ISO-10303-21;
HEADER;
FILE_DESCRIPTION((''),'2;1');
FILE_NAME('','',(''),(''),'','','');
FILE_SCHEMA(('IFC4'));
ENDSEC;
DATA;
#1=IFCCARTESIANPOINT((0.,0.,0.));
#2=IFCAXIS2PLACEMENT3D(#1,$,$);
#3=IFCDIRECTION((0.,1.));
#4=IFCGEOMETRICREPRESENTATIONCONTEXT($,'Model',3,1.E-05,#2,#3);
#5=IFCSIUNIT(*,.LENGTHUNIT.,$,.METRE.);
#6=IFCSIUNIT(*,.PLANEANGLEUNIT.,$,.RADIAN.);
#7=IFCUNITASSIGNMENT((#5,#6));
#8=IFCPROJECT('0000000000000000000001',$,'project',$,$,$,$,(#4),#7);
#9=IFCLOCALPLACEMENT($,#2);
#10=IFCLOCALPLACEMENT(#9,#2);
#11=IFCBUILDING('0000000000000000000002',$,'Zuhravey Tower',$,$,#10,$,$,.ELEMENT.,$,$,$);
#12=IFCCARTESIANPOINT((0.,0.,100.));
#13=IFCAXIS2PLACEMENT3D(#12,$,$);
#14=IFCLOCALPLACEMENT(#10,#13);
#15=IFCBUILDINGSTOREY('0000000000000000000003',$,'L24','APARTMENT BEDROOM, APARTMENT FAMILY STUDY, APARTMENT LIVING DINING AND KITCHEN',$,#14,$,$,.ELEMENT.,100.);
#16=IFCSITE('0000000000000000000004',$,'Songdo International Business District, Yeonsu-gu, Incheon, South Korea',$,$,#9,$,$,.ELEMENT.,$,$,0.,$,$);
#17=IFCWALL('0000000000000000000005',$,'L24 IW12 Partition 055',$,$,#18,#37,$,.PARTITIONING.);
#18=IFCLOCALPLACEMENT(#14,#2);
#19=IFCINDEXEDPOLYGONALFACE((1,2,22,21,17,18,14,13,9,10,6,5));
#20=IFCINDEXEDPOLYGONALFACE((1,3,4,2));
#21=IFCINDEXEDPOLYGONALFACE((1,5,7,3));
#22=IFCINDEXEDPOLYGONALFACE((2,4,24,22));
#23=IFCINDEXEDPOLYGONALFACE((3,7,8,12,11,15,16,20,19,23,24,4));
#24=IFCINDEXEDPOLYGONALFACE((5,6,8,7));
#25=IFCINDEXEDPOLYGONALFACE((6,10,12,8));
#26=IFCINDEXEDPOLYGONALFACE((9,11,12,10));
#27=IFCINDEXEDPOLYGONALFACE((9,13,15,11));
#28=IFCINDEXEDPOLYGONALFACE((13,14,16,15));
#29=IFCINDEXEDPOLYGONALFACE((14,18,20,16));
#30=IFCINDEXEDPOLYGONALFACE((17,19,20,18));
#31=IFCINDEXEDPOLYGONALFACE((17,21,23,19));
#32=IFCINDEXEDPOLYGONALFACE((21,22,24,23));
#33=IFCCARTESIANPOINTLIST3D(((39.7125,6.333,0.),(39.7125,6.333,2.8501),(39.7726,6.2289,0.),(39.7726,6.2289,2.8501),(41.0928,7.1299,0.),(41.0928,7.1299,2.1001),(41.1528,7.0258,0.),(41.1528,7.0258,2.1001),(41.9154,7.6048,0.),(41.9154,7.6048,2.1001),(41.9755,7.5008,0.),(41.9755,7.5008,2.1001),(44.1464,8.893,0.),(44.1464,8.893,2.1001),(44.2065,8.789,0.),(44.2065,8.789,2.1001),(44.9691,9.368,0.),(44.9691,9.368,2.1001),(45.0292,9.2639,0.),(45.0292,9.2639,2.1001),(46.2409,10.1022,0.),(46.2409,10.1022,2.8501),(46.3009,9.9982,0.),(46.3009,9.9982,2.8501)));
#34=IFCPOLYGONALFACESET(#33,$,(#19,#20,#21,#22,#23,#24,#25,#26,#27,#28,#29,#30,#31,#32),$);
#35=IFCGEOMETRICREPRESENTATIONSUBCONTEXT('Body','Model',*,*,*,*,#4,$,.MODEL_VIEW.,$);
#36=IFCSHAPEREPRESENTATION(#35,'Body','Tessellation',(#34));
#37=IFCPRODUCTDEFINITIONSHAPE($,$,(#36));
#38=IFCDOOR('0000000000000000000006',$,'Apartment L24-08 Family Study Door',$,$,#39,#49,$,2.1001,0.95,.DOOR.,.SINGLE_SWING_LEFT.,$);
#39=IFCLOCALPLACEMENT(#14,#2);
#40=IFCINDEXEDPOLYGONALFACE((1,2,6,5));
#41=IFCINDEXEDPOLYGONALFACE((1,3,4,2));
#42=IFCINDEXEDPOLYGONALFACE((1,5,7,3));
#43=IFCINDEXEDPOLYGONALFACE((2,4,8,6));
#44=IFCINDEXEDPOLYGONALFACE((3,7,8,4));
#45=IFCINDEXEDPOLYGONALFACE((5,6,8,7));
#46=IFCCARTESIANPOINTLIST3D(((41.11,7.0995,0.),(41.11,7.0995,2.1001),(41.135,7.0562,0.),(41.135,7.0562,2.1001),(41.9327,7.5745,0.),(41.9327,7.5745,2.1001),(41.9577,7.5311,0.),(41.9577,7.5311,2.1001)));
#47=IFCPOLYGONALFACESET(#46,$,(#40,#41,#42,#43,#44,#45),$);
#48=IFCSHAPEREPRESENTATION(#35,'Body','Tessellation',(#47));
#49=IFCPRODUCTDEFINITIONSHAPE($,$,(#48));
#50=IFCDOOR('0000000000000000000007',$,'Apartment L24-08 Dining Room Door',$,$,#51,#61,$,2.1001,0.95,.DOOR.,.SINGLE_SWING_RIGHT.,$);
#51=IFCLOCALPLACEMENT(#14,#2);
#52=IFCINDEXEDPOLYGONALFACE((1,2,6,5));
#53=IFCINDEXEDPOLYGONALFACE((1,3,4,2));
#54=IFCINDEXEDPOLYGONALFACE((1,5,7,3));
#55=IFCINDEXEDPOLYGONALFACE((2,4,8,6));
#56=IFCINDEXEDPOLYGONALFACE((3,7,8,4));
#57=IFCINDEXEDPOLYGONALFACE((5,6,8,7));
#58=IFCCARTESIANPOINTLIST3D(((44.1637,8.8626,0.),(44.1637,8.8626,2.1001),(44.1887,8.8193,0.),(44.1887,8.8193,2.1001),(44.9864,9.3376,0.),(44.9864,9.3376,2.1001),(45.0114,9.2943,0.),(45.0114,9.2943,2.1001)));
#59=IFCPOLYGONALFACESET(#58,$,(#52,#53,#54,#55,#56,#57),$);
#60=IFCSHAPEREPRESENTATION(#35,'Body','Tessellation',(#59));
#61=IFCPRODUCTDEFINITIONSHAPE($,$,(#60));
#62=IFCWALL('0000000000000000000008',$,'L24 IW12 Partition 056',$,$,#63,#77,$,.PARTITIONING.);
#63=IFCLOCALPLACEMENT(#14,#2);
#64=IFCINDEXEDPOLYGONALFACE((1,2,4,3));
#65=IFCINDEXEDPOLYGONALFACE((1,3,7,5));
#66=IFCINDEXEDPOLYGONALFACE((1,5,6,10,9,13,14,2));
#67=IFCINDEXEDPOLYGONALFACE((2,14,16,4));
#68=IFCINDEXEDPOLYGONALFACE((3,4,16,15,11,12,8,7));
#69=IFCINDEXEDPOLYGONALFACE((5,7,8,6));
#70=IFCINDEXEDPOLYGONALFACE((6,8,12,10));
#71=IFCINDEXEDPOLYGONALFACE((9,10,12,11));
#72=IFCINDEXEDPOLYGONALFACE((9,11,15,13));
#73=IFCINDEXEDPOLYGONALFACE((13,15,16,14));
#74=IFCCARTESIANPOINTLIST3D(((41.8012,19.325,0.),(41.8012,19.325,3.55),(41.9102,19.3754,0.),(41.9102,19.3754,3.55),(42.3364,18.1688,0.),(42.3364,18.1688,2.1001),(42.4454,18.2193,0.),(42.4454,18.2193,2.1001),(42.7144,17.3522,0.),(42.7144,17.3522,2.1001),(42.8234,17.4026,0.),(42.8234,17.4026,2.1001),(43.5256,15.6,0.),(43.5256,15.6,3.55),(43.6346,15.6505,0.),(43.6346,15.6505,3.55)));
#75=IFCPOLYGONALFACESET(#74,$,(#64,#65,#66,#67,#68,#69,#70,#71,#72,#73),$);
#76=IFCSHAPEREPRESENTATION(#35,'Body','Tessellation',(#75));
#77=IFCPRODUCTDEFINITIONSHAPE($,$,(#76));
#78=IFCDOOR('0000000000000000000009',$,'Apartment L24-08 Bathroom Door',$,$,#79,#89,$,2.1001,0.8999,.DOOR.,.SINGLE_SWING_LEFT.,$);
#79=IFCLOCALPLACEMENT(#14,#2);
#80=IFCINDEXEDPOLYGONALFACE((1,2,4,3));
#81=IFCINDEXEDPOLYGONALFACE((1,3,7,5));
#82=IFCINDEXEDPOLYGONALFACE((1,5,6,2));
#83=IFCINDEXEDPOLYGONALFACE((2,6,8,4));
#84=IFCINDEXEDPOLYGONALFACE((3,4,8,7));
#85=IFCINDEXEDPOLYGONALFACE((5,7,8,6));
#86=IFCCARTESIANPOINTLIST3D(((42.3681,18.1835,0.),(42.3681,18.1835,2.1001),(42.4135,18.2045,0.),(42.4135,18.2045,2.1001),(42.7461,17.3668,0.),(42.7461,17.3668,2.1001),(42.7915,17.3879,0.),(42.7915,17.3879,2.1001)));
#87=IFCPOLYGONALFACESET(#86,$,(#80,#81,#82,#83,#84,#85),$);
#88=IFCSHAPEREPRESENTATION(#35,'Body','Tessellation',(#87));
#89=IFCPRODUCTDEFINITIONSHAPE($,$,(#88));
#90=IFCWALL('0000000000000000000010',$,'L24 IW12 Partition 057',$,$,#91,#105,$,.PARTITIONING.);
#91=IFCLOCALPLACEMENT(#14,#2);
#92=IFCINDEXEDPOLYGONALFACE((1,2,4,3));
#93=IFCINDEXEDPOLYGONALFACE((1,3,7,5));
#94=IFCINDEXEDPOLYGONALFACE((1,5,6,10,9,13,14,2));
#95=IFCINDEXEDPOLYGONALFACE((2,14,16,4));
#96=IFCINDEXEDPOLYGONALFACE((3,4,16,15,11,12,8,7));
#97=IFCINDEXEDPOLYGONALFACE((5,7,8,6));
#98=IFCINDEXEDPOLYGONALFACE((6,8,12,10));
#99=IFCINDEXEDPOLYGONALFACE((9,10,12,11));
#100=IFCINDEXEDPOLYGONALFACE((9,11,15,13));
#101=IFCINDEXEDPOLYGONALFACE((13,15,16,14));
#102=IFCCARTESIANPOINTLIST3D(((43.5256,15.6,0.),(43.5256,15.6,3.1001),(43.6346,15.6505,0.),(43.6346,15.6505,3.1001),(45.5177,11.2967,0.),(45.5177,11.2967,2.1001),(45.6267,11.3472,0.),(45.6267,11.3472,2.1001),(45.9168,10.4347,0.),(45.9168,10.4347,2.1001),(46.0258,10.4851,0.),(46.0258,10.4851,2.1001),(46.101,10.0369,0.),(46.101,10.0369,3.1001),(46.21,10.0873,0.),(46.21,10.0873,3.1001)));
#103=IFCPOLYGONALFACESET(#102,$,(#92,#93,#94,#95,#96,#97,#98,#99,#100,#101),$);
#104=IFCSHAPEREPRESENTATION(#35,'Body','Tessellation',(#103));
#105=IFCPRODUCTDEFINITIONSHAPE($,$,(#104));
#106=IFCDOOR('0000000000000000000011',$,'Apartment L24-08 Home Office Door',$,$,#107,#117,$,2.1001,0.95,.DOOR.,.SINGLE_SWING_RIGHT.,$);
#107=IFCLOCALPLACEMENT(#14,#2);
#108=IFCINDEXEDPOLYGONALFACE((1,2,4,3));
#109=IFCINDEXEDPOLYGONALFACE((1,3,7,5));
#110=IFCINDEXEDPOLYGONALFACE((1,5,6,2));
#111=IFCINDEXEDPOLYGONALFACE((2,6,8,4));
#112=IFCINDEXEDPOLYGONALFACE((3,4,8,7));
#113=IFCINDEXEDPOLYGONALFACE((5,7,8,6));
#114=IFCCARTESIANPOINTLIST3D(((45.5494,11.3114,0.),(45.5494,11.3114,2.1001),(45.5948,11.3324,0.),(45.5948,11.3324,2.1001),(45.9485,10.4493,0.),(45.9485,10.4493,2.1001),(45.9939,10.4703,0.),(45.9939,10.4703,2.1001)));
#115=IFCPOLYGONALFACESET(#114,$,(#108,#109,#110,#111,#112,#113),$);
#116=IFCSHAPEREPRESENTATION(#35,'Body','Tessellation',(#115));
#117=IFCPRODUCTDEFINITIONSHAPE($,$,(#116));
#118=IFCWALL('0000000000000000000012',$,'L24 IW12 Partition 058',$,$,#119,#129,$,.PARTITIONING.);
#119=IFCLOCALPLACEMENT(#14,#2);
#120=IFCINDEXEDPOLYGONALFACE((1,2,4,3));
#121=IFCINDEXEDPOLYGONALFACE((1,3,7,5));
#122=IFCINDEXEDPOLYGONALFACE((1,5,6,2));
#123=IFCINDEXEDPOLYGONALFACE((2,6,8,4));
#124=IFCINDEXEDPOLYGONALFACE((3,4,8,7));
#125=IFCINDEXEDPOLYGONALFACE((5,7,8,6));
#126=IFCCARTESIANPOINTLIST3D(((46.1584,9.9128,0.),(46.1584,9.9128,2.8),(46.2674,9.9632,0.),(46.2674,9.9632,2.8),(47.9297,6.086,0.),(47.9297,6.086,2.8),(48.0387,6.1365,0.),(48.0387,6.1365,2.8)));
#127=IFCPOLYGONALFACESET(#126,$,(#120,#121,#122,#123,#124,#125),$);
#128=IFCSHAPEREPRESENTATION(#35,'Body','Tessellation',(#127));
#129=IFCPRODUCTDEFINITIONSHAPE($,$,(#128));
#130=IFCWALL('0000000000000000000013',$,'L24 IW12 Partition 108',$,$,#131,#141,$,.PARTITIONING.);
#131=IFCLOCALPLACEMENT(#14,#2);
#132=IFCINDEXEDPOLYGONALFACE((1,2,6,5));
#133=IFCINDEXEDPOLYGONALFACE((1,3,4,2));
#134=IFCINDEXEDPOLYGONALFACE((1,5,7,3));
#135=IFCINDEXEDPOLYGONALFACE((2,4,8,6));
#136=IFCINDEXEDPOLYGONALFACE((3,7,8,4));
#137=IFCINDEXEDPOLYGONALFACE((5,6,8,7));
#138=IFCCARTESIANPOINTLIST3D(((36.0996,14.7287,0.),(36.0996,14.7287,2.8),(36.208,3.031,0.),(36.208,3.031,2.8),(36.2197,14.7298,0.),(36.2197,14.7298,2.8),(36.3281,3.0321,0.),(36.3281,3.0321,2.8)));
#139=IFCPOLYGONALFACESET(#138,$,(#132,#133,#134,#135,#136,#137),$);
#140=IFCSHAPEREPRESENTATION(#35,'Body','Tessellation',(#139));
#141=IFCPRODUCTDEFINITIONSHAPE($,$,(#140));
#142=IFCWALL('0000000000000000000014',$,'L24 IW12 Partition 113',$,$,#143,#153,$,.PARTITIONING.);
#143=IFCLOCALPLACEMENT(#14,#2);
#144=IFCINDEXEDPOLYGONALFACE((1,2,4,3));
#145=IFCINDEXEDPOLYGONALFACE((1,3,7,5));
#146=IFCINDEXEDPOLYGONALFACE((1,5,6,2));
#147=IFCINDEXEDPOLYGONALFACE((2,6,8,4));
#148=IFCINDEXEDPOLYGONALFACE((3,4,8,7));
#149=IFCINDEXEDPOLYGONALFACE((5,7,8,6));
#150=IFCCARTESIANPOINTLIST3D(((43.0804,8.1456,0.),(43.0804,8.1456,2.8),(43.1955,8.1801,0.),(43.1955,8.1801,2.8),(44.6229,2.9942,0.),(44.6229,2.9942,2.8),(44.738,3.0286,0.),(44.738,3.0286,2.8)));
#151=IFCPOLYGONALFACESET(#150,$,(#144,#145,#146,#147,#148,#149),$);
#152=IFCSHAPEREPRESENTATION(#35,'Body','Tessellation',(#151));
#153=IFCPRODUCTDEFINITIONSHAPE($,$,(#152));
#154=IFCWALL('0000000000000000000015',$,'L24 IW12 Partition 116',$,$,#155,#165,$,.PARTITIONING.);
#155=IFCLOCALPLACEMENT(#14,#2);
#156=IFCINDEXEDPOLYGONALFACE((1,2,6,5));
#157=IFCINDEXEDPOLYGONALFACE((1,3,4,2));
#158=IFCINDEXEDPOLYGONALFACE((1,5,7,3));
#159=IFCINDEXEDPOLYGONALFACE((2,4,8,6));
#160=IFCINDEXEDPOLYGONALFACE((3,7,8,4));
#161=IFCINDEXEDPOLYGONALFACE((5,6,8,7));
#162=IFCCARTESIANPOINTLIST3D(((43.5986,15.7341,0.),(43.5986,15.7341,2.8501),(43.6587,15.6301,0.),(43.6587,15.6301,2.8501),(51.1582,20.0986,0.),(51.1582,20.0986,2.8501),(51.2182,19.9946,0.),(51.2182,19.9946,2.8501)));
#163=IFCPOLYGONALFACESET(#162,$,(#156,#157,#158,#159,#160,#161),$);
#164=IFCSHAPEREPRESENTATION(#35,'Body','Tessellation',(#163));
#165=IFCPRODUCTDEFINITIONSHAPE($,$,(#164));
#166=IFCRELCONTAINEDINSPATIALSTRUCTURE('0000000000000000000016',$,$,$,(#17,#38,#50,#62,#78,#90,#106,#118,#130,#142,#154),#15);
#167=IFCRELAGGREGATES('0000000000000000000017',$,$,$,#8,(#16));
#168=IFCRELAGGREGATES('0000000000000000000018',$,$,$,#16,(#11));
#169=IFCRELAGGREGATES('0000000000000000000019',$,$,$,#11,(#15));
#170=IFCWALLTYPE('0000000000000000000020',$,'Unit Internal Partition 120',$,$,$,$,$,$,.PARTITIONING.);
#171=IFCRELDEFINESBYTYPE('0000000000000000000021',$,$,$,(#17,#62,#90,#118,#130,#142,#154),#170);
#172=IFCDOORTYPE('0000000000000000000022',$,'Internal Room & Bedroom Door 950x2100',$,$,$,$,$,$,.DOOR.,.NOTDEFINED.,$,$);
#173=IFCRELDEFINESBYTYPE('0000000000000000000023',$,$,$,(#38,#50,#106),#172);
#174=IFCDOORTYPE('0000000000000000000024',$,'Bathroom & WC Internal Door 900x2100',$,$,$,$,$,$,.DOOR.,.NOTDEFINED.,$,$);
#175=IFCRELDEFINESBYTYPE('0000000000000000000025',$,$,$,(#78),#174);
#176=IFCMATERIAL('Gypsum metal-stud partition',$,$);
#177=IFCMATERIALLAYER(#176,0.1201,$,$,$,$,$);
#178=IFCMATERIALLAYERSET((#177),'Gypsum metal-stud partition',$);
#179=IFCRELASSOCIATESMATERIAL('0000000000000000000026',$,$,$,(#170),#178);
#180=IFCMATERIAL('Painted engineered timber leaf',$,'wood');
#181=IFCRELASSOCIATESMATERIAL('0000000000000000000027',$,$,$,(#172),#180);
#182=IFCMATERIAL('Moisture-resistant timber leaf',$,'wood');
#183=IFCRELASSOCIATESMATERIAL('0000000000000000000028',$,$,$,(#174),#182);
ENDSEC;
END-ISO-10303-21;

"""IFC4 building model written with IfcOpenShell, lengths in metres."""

from ifc_helpers import new_model, si_unit, direction, frame, frame_2d, origin, place, context, subcontext, project, spatial, rectangle, extrude, material, layer, layer_set, type_object, element, fill, save


model = new_model("IFC4")

# Units and contexts
model_context = context("Model", 3, precision=1e-05, world=origin(), true_north=direction((0.0, 1.0)))
body_context = subcontext(model_context, "Body", "Model", "MODEL_VIEW")
ifc_project = project(units=[si_unit("LENGTHUNIT", "METRE"), si_unit("PLANEANGLEUNIT", "RADIAN")], contexts=[model_context])

# Site, building, storey
site_placement = place(None, origin())
site = spatial("IfcSite", under=ifc_project, at=site_placement, Name="Songdo International Business District, Yeonsu-gu, Incheon, South Korea", CompositionType="ELEMENT", RefElevation=0.0)
building_placement = place(site_placement, origin())
building = spatial("IfcBuilding", under=site, at=building_placement, Name="Zuhravey Tower", CompositionType="ELEMENT")
storey_placement = place(building_placement, frame((0.0, 0.0, 100.0)))
storey = spatial("IfcBuildingStorey", under=building, at=storey_placement, Name="L24", Description="APARTMENT BEDROOM, APARTMENT FAMILY STUDY, APARTMENT LIVING DINING AND KITCHEN", CompositionType="ELEMENT", Elevation=100.0)

# Wall, openings, doors
ifc_material_1 = material(Name="Gypsum metal-stud partition")
ifc_layer_1 = layer(ifc_material_1, 0.1201)
ifc_layer_set_1 = layer_set([ifc_layer_1], Name="Gypsum metal-stud partition")
wall_type_1 = type_object("IfcWallType", Name="Unit Internal Partition 120", PredefinedType="PARTITIONING", material=ifc_layer_set_1)
wall_1_placement = place(storey_placement, frame((39.7427, 6.281, 0.0), z_axis=(0.0, 0.0, 1.0), x_axis=(0.866016, 0.500016, 0.0)))
wall_1 = element("IfcWall", 1, at=wall_1_placement, inside=storey, type_object=wall_type_1, Name="L24 IW12 Partition 055", PredefinedType="PARTITIONING", context=body_context, shape_type="SweptSolid", body=[
    extrude(rectangle(XDim=7.5383, YDim=0.1201, at=frame_2d((3.769, 0.0))), origin(), (0.0, 0.0, 1.0), 2.8501),
])
opening_1_placement = place(wall_1_placement, frame((1.5935, 0.0, 0.0)))
opening_1 = element("IfcOpeningElement", 2, at=opening_1_placement, cuts=wall_1, PredefinedType="OPENING", context=body_context, shape_type="SweptSolid", body=[
    extrude(rectangle(XDim=0.95, YDim=2.1001, at=frame_2d((0.4751, 1.05))), frame((0.0, 0.072, 0.0), z_axis=(0.0, -1.0, 0.0), x_axis=(1.0, 0.0, 0.0)), (0.0, 0.0, 1.0), 0.144),
])
opening_2_placement = place(wall_1_placement, frame((5.1196, 0.0, 0.0)))
opening_2 = element("IfcOpeningElement", 3, at=opening_2_placement, cuts=wall_1, PredefinedType="OPENING", context=body_context, shape_type="SweptSolid", body=[
    extrude(rectangle(XDim=0.95, YDim=2.1001, at=frame_2d((0.4751, 1.05))), frame((0.0, 0.072, 0.0), z_axis=(0.0, -1.0, 0.0), x_axis=(1.0, 0.0, 0.0)), (0.0, 0.0, 1.0), 0.144),
])
ifc_material_2 = material(Name="Painted engineered timber leaf", Category="wood")
door_type_1 = type_object("IfcDoorType", Name="Internal Room & Bedroom Door 950x2100", OperationType="NOTDEFINED", PredefinedType="DOOR", material=ifc_material_2)
door_1_placement = place(opening_1_placement, frame((0.95, 0.0, 0.0), z_axis=(0.0, 0.0, 1.0), x_axis=(-1.0, 0.0, 0.0)))
door_1 = element("IfcDoor", 4, at=door_1_placement, inside=storey, type_object=door_type_1, Name="Apartment L24-08 Family Study Door", OperationType="SINGLE_SWING_LEFT", OverallHeight=2.1001, OverallWidth=0.95, PredefinedType="DOOR", context=body_context, shape_type="SweptSolid", body=[
    extrude(rectangle(XDim=0.95, YDim=2.1001, at=frame_2d((0.4751, 1.05))), frame((0.0, 0.0249, 0.0), z_axis=(0.0, -1.0, 0.0), x_axis=(1.0, 0.0, 0.0)), (0.0, 0.0, 1.0), 0.05),
])
fill(opening_1, door_1)
door_2_placement = place(opening_2_placement, frame((0.95, 0.0, 0.0), z_axis=(0.0, 0.0, 1.0), x_axis=(-1.0, 0.0, 0.0)))
door_2 = element("IfcDoor", 5, at=door_2_placement, inside=storey, type_object=door_type_1, Name="Apartment L24-08 Dining Room Door", OperationType="SINGLE_SWING_RIGHT", OverallHeight=2.1001, OverallWidth=0.95, PredefinedType="DOOR", context=body_context, shape_type="SweptSolid", body=[
    extrude(rectangle(XDim=0.95, YDim=2.1001, at=frame_2d((0.4751, 1.05))), frame((0.0, 0.0249, 0.0), z_axis=(0.0, -1.0, 0.0), x_axis=(1.0, 0.0, 0.0)), (0.0, 0.0, 1.0), 0.05),
])
fill(opening_2, door_2)

# Walls, openings, doors
wall_2_placement = place(storey_placement, frame((41.8557, 19.3501, 0.0), z_axis=(0.0, 0.0, 1.0), x_axis=(0.420103, -0.907477, 0.0)))
wall_2 = element("IfcWall", 6, at=wall_2_placement, inside=storey, type_object=wall_type_1, Name="L24 IW12 Partition 056", PredefinedType="PARTITIONING", context=body_context, shape_type="SweptSolid", body=[
    extrude(rectangle(XDim=4.1047, YDim=0.1201, at=frame_2d((2.0522, 0.0))), origin(), (0.0, 0.0, 1.0), 3.55),
])
opening_3_placement = place(wall_2_placement, frame((1.2739, 0.0, 0.0)))
opening_3 = element("IfcOpeningElement", 7, at=opening_3_placement, cuts=wall_2, PredefinedType="OPENING", context=body_context, shape_type="SweptSolid", body=[
    extrude(rectangle(XDim=0.8999, YDim=2.1001, at=frame_2d((0.45, 1.05))), frame((0.0, 0.072, 0.0), z_axis=(0.0, -1.0, 0.0), x_axis=(1.0, 0.0, 0.0)), (0.0, 0.0, 1.0), 0.144),
])
ifc_material_3 = material(Name="Moisture-resistant timber leaf", Category="wood")
door_type_2 = type_object("IfcDoorType", Name="Bathroom & WC Internal Door 900x2100", OperationType="NOTDEFINED", PredefinedType="DOOR", material=ifc_material_3)
door_3_placement = place(opening_3_placement, origin())
door_3 = element("IfcDoor", 8, at=door_3_placement, inside=storey, type_object=door_type_2, Name="Apartment L24-08 Bathroom Door", OperationType="SINGLE_SWING_LEFT", OverallHeight=2.1001, OverallWidth=0.8999, PredefinedType="DOOR", context=body_context, shape_type="SweptSolid", body=[
    extrude(rectangle(XDim=0.8999, YDim=2.1001, at=frame_2d((0.45, 1.05))), frame((0.0, 0.0249, 0.0), z_axis=(0.0, -1.0, 0.0), x_axis=(1.0, 0.0, 0.0)), (0.0, 0.0, 1.0), 0.05),
])
fill(opening_3, door_3)
wall_3_placement = place(storey_placement, frame((43.5801, 15.6252, 0.0), z_axis=(0.0, 0.0, 1.0), x_axis=(0.420106, -0.907475, 0.0)))
wall_3 = element("IfcWall", 9, at=wall_3_placement, inside=storey, type_object=wall_type_1, Name="L24 IW12 Partition 057", PredefinedType="PARTITIONING", context=body_context, shape_type="SweptSolid", body=[
    extrude(rectangle(XDim=6.1304, YDim=0.1201, at=frame_2d((3.0652, 0.0))), origin(), (0.0, 0.0, 1.0), 3.1001),
])
opening_4_placement = place(wall_3_placement, frame((4.7419, 0.0, 0.0)))
opening_4 = element("IfcOpeningElement", 10, at=opening_4_placement, cuts=wall_3, PredefinedType="OPENING", context=body_context, shape_type="SweptSolid", body=[
    extrude(rectangle(XDim=0.95, YDim=2.1001, at=frame_2d((0.4751, 1.05))), frame((0.0, 0.072, 0.0), z_axis=(0.0, -1.0, 0.0), x_axis=(1.0, 0.0, 0.0)), (0.0, 0.0, 1.0), 0.144),
])
door_4_placement = place(opening_4_placement, origin())
door_4 = element("IfcDoor", 11, at=door_4_placement, inside=storey, type_object=door_type_1, Name="Apartment L24-08 Home Office Door", OperationType="SINGLE_SWING_RIGHT", OverallHeight=2.1001, OverallWidth=0.95, PredefinedType="DOOR", context=body_context, shape_type="SweptSolid", body=[
    extrude(rectangle(XDim=0.95, YDim=2.1001, at=frame_2d((0.4751, 1.05))), frame((0.0, 0.0249, 0.0), z_axis=(0.0, -1.0, 0.0), x_axis=(1.0, 0.0, 0.0)), (0.0, 0.0, 1.0), 0.05),
])
fill(opening_4, door_4)

# Walls
wall_4_placement = place(storey_placement, frame((46.2129, 9.938, 0.0), z_axis=(0.0, 0.0, 1.0), x_axis=(0.420053, -0.9075, 0.0)))
element("IfcWall", 12, at=wall_4_placement, inside=storey, type_object=wall_type_1, Name="L24 IW12 Partition 058", PredefinedType="PARTITIONING", context=body_context, shape_type="SweptSolid", body=[
    extrude(rectangle(XDim=4.2168, YDim=0.1201, at=frame_2d((2.1084, 0.0))), origin(), (0.0, 0.0, 1.0), 2.8),
])
wall_5_placement = place(storey_placement, frame((36.1597, 14.7292, 0.0), z_axis=(0.0, 0.0, 1.0), x_axis=(0.009266, -0.999957, 0.0)))
element("IfcWall", 13, at=wall_5_placement, inside=storey, type_object=wall_type_1, Name="L24 IW12 Partition 108", PredefinedType="PARTITIONING", context=body_context, shape_type="SweptSolid", body=[
    extrude(rectangle(XDim=11.6982, YDim=0.1201, at=frame_2d((5.8491, 0.0))), origin(), (0.0, 0.0, 1.0), 2.8),
])
wall_6_placement = place(storey_placement, frame((43.1379, 8.1628, 0.0), z_axis=(0.0, 0.0, 1.0), x_axis=(0.286848, -0.957976, 0.0)))
element("IfcWall", 14, at=wall_6_placement, inside=storey, type_object=wall_type_1, Name="L24 IW12 Partition 113", PredefinedType="PARTITIONING", context=body_context, shape_type="SweptSolid", body=[
    extrude(rectangle(XDim=5.3774, YDim=0.1201, at=frame_2d((2.6887, 0.0))), origin(), (0.0, 0.0, 1.0), 2.8),
])
wall_7_placement = place(storey_placement, frame((43.6287, 15.6821, 0.0), z_axis=(0.0, 0.0, 1.0), x_axis=(0.866026, 0.499998, 0.0)))
element("IfcWall", 15, at=wall_7_placement, inside=storey, type_object=wall_type_1, Name="L24 IW12 Partition 116", PredefinedType="PARTITIONING", context=body_context, shape_type="SweptSolid", body=[
    extrude(rectangle(XDim=8.729, YDim=0.1201, at=frame_2d((4.3645, 0.0))), origin(), (0.0, 0.0, 1.0), 2.8501),
])

save(model, "model.ifc")
